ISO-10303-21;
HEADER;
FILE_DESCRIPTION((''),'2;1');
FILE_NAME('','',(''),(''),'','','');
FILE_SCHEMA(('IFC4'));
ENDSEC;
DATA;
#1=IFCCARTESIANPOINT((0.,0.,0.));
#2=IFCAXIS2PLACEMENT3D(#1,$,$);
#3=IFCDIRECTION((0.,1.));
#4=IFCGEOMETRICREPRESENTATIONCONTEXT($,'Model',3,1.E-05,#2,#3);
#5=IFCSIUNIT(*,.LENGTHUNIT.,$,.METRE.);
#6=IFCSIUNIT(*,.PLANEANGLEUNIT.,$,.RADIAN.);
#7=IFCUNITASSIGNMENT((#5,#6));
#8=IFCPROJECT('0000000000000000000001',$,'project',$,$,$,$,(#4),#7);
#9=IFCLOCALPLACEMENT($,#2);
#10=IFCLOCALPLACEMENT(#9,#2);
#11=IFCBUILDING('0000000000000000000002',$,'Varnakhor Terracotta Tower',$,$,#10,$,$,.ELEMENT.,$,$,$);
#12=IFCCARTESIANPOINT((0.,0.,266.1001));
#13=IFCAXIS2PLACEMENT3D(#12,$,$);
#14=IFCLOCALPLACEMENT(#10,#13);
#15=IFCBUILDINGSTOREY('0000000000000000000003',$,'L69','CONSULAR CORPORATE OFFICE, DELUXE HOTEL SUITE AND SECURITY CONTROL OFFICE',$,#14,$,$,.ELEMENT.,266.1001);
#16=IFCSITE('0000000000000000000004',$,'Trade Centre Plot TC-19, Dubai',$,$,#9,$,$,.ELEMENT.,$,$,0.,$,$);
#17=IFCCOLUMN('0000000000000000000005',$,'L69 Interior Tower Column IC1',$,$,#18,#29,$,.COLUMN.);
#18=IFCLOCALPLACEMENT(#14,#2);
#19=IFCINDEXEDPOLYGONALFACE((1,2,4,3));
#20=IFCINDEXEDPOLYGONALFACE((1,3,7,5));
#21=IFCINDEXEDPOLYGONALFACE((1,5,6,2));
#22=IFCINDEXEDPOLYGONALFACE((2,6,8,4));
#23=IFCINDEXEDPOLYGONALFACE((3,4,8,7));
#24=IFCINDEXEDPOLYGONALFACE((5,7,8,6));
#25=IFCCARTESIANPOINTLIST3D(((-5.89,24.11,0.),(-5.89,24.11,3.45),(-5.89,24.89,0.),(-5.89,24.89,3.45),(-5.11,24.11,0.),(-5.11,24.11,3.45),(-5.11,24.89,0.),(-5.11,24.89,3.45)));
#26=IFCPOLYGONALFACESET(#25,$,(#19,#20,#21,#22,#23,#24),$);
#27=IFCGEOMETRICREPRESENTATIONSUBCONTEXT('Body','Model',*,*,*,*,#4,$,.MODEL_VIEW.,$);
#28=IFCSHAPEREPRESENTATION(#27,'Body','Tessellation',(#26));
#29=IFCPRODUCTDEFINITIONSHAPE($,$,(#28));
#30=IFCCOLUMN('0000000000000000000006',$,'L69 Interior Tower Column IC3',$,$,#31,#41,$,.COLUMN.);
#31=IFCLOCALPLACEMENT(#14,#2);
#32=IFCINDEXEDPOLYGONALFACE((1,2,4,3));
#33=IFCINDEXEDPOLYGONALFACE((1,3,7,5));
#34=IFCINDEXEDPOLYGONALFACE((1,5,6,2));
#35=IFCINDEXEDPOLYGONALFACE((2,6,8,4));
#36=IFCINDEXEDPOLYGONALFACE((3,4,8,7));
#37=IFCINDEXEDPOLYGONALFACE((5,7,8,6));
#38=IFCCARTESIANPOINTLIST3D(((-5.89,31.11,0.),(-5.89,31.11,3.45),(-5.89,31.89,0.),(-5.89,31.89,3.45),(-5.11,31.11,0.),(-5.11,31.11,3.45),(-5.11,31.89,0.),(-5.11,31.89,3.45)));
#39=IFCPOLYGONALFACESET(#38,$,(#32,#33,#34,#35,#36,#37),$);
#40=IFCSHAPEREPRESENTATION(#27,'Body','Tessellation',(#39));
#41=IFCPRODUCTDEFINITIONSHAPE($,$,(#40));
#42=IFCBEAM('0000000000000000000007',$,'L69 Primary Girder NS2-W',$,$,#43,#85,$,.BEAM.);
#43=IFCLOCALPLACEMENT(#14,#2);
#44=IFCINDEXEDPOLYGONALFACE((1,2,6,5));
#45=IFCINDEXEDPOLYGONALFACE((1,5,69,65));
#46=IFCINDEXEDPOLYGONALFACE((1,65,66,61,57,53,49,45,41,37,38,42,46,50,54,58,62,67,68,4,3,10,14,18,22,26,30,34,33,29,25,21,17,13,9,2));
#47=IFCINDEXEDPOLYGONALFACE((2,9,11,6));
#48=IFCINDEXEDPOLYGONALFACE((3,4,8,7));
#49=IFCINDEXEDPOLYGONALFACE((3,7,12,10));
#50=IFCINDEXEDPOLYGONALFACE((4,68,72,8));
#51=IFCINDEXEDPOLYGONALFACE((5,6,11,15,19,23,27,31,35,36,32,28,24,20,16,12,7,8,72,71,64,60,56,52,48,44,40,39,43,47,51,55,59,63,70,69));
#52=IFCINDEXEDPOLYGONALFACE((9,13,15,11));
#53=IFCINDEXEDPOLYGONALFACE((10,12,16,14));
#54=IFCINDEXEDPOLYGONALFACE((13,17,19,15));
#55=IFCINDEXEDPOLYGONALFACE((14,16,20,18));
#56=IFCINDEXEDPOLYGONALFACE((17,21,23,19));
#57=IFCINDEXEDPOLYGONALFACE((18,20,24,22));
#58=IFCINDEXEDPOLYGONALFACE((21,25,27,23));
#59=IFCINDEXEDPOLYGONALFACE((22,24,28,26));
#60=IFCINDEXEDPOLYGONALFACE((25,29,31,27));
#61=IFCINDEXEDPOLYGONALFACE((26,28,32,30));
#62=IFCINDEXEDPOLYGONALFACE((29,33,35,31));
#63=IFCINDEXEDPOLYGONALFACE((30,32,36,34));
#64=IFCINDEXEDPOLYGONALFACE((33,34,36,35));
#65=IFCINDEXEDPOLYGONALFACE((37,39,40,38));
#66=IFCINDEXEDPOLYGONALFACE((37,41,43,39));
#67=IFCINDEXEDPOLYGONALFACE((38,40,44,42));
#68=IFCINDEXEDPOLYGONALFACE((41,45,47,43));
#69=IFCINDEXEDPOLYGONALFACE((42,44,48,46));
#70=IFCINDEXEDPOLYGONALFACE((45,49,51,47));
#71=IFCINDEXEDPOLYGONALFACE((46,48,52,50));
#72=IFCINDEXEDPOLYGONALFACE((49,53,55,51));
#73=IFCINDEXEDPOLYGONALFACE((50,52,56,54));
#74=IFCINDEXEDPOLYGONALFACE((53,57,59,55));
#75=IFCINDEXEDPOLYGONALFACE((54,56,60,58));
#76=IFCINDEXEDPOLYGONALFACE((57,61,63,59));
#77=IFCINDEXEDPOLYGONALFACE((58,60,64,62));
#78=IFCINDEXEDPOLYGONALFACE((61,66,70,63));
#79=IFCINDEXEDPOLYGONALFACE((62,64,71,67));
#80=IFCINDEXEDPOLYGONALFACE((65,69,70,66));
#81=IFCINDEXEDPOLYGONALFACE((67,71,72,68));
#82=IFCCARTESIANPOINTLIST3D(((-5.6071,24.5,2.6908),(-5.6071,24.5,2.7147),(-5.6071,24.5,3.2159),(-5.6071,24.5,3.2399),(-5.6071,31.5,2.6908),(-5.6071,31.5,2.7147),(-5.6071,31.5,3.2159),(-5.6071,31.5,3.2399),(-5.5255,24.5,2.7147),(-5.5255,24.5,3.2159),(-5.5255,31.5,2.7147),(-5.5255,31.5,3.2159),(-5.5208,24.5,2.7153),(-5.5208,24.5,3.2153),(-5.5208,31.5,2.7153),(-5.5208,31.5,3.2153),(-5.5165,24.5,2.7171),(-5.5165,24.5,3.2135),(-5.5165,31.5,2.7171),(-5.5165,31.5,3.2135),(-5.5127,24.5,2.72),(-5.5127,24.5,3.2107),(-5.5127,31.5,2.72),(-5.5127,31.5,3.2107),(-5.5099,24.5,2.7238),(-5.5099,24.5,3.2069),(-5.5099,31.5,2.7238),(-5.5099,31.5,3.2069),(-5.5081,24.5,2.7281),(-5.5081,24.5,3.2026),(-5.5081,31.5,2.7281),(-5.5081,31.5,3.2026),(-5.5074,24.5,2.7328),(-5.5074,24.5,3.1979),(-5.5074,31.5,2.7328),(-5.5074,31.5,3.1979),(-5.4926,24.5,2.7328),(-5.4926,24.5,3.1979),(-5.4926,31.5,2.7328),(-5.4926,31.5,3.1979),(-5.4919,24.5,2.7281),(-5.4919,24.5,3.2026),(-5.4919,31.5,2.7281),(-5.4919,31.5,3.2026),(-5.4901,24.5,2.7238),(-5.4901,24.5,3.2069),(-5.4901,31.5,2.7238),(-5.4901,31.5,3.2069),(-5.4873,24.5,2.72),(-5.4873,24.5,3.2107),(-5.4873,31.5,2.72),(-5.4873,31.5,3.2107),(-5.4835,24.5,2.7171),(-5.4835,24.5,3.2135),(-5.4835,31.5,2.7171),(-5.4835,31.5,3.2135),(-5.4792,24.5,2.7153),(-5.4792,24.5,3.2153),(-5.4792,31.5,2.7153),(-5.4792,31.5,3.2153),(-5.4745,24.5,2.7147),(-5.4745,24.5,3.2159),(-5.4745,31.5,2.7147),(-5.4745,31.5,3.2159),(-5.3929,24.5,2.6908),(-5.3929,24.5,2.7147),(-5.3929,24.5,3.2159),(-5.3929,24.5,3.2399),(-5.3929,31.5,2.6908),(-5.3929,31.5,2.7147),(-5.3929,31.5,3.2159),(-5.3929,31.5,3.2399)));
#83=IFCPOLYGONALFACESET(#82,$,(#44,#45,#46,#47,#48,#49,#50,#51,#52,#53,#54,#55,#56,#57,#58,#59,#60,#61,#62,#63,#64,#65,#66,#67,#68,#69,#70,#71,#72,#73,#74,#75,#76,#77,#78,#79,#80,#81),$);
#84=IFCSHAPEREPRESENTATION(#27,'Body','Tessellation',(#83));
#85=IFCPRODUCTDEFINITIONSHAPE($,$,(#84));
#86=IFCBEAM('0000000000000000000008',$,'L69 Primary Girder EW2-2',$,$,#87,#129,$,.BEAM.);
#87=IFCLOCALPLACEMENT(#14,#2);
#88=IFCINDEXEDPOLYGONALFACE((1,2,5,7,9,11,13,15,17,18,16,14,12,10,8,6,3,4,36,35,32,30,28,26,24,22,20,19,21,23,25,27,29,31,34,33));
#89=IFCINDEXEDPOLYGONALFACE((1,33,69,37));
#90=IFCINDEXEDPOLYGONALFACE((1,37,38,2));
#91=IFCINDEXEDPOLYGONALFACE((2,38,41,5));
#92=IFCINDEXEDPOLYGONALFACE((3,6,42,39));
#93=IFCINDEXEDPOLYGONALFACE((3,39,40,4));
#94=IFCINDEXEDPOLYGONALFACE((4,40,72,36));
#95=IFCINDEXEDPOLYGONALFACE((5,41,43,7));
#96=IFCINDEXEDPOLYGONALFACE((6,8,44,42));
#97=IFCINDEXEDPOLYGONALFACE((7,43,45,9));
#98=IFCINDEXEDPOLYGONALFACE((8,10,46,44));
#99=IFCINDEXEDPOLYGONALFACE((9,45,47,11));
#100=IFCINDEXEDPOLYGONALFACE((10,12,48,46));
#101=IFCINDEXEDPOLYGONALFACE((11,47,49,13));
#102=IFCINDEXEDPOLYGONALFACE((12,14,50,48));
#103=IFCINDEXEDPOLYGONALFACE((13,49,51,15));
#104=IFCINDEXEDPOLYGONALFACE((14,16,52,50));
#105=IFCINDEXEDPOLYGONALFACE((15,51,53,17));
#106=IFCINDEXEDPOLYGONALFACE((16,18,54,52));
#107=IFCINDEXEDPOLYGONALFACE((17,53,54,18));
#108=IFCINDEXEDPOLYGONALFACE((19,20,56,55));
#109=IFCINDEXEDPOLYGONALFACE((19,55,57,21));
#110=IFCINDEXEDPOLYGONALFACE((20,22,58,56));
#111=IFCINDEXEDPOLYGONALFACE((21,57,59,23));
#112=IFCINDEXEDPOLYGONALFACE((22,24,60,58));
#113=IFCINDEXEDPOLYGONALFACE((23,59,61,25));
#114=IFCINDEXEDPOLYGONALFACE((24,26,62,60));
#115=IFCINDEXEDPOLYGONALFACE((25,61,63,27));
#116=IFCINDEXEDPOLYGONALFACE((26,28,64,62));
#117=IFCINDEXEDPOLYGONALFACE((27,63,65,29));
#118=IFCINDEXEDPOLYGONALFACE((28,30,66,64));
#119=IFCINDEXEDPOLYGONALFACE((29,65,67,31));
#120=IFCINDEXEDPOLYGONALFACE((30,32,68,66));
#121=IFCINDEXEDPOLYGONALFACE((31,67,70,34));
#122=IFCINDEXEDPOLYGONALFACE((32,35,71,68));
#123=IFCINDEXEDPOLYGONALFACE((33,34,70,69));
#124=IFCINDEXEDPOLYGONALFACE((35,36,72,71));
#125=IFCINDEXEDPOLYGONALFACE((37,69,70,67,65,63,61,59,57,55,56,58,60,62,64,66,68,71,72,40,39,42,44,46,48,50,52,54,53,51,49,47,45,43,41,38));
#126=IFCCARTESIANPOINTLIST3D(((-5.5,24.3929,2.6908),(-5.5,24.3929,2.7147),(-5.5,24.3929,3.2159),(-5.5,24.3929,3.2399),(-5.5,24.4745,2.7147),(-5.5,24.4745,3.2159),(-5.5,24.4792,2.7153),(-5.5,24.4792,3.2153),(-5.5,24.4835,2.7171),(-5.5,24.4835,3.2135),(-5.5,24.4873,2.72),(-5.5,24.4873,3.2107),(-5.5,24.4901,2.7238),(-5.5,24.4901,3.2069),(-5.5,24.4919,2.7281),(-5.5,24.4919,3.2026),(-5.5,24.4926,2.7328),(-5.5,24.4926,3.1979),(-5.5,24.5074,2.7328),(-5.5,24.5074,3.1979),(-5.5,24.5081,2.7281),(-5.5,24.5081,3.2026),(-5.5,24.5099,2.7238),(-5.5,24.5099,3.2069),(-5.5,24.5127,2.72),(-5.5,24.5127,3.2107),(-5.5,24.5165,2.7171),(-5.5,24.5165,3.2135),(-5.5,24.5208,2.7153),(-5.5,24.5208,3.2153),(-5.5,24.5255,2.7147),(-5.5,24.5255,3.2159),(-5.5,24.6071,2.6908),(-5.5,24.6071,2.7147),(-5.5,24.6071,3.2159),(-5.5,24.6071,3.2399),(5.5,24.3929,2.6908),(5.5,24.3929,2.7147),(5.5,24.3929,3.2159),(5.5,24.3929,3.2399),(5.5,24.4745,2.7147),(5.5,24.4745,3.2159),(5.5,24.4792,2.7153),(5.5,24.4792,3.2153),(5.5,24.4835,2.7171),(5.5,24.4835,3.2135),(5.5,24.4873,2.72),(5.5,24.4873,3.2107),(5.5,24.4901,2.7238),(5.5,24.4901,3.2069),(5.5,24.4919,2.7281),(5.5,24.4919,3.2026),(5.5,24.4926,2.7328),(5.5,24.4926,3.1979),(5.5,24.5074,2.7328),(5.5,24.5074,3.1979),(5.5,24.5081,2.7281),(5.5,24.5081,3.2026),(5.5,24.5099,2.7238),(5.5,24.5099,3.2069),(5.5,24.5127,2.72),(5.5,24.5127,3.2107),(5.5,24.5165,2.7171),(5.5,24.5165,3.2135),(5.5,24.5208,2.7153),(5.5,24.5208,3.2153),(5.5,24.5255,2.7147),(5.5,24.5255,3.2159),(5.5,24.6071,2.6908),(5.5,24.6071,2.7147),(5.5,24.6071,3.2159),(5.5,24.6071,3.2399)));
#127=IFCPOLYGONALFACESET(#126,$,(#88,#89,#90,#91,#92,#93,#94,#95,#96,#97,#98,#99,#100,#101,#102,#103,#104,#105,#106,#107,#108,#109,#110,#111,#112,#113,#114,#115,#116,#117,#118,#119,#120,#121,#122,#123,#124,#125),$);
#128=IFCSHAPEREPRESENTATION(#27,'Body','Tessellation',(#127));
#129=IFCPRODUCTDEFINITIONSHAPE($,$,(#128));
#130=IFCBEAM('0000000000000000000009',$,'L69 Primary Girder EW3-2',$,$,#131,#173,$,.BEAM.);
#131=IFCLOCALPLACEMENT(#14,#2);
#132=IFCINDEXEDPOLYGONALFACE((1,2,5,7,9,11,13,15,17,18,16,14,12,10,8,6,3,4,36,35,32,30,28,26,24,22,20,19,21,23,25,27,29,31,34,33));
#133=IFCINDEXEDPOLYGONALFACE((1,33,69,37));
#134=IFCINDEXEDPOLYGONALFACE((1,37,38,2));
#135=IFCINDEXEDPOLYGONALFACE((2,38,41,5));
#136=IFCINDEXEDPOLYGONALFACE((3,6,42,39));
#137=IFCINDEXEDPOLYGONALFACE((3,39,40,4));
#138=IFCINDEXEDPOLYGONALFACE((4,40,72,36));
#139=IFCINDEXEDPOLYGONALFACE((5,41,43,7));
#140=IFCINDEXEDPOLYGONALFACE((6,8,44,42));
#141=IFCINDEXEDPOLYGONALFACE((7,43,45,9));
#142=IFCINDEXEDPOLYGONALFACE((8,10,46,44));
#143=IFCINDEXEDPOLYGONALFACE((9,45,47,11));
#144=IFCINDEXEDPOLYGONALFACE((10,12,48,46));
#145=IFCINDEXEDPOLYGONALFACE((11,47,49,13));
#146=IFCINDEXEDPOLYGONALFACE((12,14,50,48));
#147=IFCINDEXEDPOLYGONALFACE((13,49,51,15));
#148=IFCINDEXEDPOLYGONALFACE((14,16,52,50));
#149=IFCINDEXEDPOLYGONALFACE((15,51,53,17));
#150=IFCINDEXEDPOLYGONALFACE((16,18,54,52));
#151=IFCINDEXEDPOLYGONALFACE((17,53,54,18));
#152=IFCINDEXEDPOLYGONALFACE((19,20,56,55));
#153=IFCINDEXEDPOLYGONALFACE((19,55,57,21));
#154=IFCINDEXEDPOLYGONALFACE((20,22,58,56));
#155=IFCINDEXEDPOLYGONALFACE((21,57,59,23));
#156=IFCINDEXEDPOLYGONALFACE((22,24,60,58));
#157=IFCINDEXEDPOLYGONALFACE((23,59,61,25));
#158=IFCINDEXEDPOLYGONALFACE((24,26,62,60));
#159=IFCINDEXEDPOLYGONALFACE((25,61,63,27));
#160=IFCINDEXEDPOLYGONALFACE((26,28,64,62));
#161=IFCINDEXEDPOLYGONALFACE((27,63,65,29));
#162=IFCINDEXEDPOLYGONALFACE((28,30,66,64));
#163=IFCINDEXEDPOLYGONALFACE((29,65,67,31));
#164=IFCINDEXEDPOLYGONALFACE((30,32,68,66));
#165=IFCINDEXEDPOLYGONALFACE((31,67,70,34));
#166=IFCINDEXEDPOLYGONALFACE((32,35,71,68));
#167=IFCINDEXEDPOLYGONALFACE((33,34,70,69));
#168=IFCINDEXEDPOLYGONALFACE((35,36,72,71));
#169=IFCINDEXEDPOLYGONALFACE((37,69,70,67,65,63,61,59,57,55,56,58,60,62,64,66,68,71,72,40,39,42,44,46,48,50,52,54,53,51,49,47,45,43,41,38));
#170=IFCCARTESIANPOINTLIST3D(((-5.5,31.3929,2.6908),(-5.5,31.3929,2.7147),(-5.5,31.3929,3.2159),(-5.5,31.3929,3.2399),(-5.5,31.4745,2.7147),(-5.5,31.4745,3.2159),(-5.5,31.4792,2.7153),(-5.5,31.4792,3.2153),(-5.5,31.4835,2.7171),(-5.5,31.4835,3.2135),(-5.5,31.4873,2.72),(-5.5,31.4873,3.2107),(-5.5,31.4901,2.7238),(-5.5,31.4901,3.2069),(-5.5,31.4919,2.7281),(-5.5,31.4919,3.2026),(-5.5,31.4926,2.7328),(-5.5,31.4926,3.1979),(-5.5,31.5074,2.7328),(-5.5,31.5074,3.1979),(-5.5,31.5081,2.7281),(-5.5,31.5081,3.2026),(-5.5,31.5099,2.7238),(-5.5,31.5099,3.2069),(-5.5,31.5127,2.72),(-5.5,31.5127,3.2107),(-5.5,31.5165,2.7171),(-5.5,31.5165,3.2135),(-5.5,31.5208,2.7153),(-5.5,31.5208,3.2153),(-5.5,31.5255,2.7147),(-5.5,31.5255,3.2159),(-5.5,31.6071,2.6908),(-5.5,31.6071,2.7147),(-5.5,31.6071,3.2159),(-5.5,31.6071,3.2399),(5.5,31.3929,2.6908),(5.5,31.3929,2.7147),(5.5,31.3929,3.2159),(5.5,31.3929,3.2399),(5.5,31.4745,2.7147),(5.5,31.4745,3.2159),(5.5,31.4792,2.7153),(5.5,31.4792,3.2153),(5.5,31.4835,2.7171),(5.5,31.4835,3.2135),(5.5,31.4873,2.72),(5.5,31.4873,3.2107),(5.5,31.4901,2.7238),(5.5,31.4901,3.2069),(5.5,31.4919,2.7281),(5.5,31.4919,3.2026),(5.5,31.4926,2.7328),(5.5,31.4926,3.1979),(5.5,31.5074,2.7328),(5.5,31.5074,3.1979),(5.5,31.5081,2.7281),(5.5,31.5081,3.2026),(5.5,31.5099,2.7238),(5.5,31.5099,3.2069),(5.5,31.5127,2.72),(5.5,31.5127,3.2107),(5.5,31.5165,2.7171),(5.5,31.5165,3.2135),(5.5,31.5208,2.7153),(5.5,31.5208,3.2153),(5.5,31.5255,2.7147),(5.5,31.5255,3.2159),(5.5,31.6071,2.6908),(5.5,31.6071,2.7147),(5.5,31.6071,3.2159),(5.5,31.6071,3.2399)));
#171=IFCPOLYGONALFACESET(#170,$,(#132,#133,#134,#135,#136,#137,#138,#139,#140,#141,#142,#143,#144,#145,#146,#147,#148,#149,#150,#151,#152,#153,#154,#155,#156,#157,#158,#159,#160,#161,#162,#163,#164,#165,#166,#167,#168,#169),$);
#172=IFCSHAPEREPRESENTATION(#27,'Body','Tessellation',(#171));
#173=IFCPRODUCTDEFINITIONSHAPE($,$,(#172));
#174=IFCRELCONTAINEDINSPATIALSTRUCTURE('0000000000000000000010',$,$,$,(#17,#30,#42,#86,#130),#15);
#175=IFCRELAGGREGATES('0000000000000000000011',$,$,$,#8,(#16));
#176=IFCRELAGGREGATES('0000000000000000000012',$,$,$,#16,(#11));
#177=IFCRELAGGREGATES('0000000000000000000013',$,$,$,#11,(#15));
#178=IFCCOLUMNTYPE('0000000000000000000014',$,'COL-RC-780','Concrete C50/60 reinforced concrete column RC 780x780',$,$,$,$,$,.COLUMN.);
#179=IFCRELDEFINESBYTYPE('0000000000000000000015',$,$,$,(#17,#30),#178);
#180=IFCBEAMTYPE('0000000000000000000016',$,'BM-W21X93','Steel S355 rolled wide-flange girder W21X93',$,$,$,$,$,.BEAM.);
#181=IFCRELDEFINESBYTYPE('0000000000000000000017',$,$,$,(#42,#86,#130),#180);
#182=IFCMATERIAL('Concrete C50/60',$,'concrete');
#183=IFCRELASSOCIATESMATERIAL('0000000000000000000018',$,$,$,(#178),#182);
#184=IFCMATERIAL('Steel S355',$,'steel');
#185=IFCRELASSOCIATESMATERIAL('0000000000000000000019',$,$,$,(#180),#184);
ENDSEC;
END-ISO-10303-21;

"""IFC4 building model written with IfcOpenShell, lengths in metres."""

from ifc_helpers import new_model, si_unit, direction, frame, origin, origin_2d, place, context, subcontext, project, spatial, rectangle, i_section, extrude, source, transform, mapped, material, material_profile, profile_set, type_object, element, save


model = new_model("IFC4")

# Units and contexts
model_context = context("Model", 3, precision=1e-05, world=origin(), true_north=direction((0.0, 1.0)))
body_context = subcontext(model_context, "Body", "Model", "MODEL_VIEW")
ifc_project = project(units=[si_unit("LENGTHUNIT", "METRE"), si_unit("PLANEANGLEUNIT", "RADIAN")], contexts=[model_context])

# Site, building, storey
site_placement = place(None, origin())
site = spatial("IfcSite", under=ifc_project, at=site_placement, Name="Trade Centre Plot TC-19, Dubai", CompositionType="ELEMENT", RefElevation=0.0)
building_placement = place(site_placement, origin())
building = spatial("IfcBuilding", under=site, at=building_placement, Name="Varnakhor Terracotta Tower", CompositionType="ELEMENT")
storey_placement = place(building_placement, frame((0.0, 0.0, 266.1001)))
storey = spatial("IfcBuildingStorey", under=building, at=storey_placement, Name="L69", Description="CONSULAR CORPORATE OFFICE, DELUXE HOTEL SUITE AND SECURITY CONTROL OFFICE", CompositionType="ELEMENT", Elevation=266.1001)

# Columns
ifc_material_1 = material(Name="Concrete C50/60", Category="concrete")
ifc_material_profile_1 = material_profile(ifc_material_1, rectangle(XDim=0.78, YDim=0.78, at=origin_2d()), Name="RC 780x780")
ifc_profile_set_1 = profile_set([ifc_material_profile_1], Name="Concrete C50/60")
column_type = type_object("IfcColumnType", Name="COL-RC-780", Description="Concrete C50/60 reinforced concrete column RC 780x780", PredefinedType="COLUMN", material=ifc_profile_set_1)
shared_shape_1 = source(origin(), body_context, "Body", "SweptSolid", [
    extrude(rectangle(XDim=0.78, YDim=0.78, at=origin_2d()), origin(), (0.0, 0.0, 1.0), 3.45),
])
for number, where, z_axis, x_axis, name in (
    (1, (-5.5, 24.5, 0.0), (0.0, 0.0, 1.0), (1.0, 0.0, 0.0), "L69 Interior Tower Column IC1"),
    (2, (-5.5, 31.5, 0.0), (0.0, 0.0, 1.0), (1.0, 0.0, 0.0), "L69 Interior Tower Column IC3"),
):
    element("IfcColumn", number, at=place(storey_placement, frame(where, z_axis=z_axis, x_axis=x_axis)), inside=storey, type_object=column_type, Name=name, PredefinedType="COLUMN", context=body_context, shape_type="MappedRepresentation", body=[
        mapped(shared_shape_1, transform((0.0, 0.0, 0.0), scale=1.0)),
    ])

# Beams
ifc_material_2 = material(Name="Steel S355", Category="steel")
ifc_material_profile_2 = material_profile(ifc_material_2, i_section(OverallWidth=0.2141, OverallDepth=0.5491, WebThickness=0.0149, FlangeThickness=0.0239, FilletRadius=0.0181, at=origin_2d()), Name="W21X93")
ifc_profile_set_2 = profile_set([ifc_material_profile_2], Name="Steel S355")
beam_type_1 = type_object("IfcBeamType", Name="BM-W21X93", Description="Steel S355 rolled wide-flange girder W21X93", PredefinedType="BEAM", material=ifc_profile_set_2)
shared_shape_2 = source(origin(), body_context, "Body", "SweptSolid", [
    extrude(i_section(OverallWidth=0.2141, OverallDepth=0.5491, WebThickness=0.0149, FlangeThickness=0.0239, FilletRadius=0.0181, at=origin_2d()), origin(), (0.0, 0.0, 1.0), 7.0),
])
beam_1_placement = place(storey_placement, frame((-5.5, 24.5, 2.9653), z_axis=(0.0, 1.0, 0.0), x_axis=(-1.0, 0.0, 0.0)))
element("IfcBeam", 3, at=beam_1_placement, inside=storey, type_object=beam_type_1, Name="L69 Primary Girder NS2-W", PredefinedType="BEAM", context=body_context, shape_type="MappedRepresentation", body=[
    mapped(shared_shape_2, transform((0.0, 0.0, 0.0), scale=1.0)),
])
shared_shape_3 = source(origin(), body_context, "Body", "SweptSolid", [
    extrude(i_section(OverallWidth=0.2141, OverallDepth=0.5491, WebThickness=0.0149, FlangeThickness=0.0239, FilletRadius=0.0181, at=origin_2d()), origin(), (0.0, 0.0, 1.0), 11.0),
])
for number, where, z_axis, x_axis, name in (
    (4, (-5.5, 24.5, 2.9653), (1.0, 0.0, 0.0), (0.0, 1.0, 0.0), "L69 Primary Girder EW2-2"),
    (5, (-5.5, 31.5, 2.9653), (1.0, 0.0, 0.0), (0.0, 1.0, 0.0), "L69 Primary Girder EW3-2"),
):
    element("IfcBeam", number, at=place(storey_placement, frame(where, z_axis=z_axis, x_axis=x_axis)), inside=storey, type_object=beam_type_1, Name=name, PredefinedType="BEAM", context=body_context, shape_type="MappedRepresentation", body=[
        mapped(shared_shape_3, transform((0.0, 0.0, 0.0), scale=1.0)),
    ])

save(model, "model.ifc")
